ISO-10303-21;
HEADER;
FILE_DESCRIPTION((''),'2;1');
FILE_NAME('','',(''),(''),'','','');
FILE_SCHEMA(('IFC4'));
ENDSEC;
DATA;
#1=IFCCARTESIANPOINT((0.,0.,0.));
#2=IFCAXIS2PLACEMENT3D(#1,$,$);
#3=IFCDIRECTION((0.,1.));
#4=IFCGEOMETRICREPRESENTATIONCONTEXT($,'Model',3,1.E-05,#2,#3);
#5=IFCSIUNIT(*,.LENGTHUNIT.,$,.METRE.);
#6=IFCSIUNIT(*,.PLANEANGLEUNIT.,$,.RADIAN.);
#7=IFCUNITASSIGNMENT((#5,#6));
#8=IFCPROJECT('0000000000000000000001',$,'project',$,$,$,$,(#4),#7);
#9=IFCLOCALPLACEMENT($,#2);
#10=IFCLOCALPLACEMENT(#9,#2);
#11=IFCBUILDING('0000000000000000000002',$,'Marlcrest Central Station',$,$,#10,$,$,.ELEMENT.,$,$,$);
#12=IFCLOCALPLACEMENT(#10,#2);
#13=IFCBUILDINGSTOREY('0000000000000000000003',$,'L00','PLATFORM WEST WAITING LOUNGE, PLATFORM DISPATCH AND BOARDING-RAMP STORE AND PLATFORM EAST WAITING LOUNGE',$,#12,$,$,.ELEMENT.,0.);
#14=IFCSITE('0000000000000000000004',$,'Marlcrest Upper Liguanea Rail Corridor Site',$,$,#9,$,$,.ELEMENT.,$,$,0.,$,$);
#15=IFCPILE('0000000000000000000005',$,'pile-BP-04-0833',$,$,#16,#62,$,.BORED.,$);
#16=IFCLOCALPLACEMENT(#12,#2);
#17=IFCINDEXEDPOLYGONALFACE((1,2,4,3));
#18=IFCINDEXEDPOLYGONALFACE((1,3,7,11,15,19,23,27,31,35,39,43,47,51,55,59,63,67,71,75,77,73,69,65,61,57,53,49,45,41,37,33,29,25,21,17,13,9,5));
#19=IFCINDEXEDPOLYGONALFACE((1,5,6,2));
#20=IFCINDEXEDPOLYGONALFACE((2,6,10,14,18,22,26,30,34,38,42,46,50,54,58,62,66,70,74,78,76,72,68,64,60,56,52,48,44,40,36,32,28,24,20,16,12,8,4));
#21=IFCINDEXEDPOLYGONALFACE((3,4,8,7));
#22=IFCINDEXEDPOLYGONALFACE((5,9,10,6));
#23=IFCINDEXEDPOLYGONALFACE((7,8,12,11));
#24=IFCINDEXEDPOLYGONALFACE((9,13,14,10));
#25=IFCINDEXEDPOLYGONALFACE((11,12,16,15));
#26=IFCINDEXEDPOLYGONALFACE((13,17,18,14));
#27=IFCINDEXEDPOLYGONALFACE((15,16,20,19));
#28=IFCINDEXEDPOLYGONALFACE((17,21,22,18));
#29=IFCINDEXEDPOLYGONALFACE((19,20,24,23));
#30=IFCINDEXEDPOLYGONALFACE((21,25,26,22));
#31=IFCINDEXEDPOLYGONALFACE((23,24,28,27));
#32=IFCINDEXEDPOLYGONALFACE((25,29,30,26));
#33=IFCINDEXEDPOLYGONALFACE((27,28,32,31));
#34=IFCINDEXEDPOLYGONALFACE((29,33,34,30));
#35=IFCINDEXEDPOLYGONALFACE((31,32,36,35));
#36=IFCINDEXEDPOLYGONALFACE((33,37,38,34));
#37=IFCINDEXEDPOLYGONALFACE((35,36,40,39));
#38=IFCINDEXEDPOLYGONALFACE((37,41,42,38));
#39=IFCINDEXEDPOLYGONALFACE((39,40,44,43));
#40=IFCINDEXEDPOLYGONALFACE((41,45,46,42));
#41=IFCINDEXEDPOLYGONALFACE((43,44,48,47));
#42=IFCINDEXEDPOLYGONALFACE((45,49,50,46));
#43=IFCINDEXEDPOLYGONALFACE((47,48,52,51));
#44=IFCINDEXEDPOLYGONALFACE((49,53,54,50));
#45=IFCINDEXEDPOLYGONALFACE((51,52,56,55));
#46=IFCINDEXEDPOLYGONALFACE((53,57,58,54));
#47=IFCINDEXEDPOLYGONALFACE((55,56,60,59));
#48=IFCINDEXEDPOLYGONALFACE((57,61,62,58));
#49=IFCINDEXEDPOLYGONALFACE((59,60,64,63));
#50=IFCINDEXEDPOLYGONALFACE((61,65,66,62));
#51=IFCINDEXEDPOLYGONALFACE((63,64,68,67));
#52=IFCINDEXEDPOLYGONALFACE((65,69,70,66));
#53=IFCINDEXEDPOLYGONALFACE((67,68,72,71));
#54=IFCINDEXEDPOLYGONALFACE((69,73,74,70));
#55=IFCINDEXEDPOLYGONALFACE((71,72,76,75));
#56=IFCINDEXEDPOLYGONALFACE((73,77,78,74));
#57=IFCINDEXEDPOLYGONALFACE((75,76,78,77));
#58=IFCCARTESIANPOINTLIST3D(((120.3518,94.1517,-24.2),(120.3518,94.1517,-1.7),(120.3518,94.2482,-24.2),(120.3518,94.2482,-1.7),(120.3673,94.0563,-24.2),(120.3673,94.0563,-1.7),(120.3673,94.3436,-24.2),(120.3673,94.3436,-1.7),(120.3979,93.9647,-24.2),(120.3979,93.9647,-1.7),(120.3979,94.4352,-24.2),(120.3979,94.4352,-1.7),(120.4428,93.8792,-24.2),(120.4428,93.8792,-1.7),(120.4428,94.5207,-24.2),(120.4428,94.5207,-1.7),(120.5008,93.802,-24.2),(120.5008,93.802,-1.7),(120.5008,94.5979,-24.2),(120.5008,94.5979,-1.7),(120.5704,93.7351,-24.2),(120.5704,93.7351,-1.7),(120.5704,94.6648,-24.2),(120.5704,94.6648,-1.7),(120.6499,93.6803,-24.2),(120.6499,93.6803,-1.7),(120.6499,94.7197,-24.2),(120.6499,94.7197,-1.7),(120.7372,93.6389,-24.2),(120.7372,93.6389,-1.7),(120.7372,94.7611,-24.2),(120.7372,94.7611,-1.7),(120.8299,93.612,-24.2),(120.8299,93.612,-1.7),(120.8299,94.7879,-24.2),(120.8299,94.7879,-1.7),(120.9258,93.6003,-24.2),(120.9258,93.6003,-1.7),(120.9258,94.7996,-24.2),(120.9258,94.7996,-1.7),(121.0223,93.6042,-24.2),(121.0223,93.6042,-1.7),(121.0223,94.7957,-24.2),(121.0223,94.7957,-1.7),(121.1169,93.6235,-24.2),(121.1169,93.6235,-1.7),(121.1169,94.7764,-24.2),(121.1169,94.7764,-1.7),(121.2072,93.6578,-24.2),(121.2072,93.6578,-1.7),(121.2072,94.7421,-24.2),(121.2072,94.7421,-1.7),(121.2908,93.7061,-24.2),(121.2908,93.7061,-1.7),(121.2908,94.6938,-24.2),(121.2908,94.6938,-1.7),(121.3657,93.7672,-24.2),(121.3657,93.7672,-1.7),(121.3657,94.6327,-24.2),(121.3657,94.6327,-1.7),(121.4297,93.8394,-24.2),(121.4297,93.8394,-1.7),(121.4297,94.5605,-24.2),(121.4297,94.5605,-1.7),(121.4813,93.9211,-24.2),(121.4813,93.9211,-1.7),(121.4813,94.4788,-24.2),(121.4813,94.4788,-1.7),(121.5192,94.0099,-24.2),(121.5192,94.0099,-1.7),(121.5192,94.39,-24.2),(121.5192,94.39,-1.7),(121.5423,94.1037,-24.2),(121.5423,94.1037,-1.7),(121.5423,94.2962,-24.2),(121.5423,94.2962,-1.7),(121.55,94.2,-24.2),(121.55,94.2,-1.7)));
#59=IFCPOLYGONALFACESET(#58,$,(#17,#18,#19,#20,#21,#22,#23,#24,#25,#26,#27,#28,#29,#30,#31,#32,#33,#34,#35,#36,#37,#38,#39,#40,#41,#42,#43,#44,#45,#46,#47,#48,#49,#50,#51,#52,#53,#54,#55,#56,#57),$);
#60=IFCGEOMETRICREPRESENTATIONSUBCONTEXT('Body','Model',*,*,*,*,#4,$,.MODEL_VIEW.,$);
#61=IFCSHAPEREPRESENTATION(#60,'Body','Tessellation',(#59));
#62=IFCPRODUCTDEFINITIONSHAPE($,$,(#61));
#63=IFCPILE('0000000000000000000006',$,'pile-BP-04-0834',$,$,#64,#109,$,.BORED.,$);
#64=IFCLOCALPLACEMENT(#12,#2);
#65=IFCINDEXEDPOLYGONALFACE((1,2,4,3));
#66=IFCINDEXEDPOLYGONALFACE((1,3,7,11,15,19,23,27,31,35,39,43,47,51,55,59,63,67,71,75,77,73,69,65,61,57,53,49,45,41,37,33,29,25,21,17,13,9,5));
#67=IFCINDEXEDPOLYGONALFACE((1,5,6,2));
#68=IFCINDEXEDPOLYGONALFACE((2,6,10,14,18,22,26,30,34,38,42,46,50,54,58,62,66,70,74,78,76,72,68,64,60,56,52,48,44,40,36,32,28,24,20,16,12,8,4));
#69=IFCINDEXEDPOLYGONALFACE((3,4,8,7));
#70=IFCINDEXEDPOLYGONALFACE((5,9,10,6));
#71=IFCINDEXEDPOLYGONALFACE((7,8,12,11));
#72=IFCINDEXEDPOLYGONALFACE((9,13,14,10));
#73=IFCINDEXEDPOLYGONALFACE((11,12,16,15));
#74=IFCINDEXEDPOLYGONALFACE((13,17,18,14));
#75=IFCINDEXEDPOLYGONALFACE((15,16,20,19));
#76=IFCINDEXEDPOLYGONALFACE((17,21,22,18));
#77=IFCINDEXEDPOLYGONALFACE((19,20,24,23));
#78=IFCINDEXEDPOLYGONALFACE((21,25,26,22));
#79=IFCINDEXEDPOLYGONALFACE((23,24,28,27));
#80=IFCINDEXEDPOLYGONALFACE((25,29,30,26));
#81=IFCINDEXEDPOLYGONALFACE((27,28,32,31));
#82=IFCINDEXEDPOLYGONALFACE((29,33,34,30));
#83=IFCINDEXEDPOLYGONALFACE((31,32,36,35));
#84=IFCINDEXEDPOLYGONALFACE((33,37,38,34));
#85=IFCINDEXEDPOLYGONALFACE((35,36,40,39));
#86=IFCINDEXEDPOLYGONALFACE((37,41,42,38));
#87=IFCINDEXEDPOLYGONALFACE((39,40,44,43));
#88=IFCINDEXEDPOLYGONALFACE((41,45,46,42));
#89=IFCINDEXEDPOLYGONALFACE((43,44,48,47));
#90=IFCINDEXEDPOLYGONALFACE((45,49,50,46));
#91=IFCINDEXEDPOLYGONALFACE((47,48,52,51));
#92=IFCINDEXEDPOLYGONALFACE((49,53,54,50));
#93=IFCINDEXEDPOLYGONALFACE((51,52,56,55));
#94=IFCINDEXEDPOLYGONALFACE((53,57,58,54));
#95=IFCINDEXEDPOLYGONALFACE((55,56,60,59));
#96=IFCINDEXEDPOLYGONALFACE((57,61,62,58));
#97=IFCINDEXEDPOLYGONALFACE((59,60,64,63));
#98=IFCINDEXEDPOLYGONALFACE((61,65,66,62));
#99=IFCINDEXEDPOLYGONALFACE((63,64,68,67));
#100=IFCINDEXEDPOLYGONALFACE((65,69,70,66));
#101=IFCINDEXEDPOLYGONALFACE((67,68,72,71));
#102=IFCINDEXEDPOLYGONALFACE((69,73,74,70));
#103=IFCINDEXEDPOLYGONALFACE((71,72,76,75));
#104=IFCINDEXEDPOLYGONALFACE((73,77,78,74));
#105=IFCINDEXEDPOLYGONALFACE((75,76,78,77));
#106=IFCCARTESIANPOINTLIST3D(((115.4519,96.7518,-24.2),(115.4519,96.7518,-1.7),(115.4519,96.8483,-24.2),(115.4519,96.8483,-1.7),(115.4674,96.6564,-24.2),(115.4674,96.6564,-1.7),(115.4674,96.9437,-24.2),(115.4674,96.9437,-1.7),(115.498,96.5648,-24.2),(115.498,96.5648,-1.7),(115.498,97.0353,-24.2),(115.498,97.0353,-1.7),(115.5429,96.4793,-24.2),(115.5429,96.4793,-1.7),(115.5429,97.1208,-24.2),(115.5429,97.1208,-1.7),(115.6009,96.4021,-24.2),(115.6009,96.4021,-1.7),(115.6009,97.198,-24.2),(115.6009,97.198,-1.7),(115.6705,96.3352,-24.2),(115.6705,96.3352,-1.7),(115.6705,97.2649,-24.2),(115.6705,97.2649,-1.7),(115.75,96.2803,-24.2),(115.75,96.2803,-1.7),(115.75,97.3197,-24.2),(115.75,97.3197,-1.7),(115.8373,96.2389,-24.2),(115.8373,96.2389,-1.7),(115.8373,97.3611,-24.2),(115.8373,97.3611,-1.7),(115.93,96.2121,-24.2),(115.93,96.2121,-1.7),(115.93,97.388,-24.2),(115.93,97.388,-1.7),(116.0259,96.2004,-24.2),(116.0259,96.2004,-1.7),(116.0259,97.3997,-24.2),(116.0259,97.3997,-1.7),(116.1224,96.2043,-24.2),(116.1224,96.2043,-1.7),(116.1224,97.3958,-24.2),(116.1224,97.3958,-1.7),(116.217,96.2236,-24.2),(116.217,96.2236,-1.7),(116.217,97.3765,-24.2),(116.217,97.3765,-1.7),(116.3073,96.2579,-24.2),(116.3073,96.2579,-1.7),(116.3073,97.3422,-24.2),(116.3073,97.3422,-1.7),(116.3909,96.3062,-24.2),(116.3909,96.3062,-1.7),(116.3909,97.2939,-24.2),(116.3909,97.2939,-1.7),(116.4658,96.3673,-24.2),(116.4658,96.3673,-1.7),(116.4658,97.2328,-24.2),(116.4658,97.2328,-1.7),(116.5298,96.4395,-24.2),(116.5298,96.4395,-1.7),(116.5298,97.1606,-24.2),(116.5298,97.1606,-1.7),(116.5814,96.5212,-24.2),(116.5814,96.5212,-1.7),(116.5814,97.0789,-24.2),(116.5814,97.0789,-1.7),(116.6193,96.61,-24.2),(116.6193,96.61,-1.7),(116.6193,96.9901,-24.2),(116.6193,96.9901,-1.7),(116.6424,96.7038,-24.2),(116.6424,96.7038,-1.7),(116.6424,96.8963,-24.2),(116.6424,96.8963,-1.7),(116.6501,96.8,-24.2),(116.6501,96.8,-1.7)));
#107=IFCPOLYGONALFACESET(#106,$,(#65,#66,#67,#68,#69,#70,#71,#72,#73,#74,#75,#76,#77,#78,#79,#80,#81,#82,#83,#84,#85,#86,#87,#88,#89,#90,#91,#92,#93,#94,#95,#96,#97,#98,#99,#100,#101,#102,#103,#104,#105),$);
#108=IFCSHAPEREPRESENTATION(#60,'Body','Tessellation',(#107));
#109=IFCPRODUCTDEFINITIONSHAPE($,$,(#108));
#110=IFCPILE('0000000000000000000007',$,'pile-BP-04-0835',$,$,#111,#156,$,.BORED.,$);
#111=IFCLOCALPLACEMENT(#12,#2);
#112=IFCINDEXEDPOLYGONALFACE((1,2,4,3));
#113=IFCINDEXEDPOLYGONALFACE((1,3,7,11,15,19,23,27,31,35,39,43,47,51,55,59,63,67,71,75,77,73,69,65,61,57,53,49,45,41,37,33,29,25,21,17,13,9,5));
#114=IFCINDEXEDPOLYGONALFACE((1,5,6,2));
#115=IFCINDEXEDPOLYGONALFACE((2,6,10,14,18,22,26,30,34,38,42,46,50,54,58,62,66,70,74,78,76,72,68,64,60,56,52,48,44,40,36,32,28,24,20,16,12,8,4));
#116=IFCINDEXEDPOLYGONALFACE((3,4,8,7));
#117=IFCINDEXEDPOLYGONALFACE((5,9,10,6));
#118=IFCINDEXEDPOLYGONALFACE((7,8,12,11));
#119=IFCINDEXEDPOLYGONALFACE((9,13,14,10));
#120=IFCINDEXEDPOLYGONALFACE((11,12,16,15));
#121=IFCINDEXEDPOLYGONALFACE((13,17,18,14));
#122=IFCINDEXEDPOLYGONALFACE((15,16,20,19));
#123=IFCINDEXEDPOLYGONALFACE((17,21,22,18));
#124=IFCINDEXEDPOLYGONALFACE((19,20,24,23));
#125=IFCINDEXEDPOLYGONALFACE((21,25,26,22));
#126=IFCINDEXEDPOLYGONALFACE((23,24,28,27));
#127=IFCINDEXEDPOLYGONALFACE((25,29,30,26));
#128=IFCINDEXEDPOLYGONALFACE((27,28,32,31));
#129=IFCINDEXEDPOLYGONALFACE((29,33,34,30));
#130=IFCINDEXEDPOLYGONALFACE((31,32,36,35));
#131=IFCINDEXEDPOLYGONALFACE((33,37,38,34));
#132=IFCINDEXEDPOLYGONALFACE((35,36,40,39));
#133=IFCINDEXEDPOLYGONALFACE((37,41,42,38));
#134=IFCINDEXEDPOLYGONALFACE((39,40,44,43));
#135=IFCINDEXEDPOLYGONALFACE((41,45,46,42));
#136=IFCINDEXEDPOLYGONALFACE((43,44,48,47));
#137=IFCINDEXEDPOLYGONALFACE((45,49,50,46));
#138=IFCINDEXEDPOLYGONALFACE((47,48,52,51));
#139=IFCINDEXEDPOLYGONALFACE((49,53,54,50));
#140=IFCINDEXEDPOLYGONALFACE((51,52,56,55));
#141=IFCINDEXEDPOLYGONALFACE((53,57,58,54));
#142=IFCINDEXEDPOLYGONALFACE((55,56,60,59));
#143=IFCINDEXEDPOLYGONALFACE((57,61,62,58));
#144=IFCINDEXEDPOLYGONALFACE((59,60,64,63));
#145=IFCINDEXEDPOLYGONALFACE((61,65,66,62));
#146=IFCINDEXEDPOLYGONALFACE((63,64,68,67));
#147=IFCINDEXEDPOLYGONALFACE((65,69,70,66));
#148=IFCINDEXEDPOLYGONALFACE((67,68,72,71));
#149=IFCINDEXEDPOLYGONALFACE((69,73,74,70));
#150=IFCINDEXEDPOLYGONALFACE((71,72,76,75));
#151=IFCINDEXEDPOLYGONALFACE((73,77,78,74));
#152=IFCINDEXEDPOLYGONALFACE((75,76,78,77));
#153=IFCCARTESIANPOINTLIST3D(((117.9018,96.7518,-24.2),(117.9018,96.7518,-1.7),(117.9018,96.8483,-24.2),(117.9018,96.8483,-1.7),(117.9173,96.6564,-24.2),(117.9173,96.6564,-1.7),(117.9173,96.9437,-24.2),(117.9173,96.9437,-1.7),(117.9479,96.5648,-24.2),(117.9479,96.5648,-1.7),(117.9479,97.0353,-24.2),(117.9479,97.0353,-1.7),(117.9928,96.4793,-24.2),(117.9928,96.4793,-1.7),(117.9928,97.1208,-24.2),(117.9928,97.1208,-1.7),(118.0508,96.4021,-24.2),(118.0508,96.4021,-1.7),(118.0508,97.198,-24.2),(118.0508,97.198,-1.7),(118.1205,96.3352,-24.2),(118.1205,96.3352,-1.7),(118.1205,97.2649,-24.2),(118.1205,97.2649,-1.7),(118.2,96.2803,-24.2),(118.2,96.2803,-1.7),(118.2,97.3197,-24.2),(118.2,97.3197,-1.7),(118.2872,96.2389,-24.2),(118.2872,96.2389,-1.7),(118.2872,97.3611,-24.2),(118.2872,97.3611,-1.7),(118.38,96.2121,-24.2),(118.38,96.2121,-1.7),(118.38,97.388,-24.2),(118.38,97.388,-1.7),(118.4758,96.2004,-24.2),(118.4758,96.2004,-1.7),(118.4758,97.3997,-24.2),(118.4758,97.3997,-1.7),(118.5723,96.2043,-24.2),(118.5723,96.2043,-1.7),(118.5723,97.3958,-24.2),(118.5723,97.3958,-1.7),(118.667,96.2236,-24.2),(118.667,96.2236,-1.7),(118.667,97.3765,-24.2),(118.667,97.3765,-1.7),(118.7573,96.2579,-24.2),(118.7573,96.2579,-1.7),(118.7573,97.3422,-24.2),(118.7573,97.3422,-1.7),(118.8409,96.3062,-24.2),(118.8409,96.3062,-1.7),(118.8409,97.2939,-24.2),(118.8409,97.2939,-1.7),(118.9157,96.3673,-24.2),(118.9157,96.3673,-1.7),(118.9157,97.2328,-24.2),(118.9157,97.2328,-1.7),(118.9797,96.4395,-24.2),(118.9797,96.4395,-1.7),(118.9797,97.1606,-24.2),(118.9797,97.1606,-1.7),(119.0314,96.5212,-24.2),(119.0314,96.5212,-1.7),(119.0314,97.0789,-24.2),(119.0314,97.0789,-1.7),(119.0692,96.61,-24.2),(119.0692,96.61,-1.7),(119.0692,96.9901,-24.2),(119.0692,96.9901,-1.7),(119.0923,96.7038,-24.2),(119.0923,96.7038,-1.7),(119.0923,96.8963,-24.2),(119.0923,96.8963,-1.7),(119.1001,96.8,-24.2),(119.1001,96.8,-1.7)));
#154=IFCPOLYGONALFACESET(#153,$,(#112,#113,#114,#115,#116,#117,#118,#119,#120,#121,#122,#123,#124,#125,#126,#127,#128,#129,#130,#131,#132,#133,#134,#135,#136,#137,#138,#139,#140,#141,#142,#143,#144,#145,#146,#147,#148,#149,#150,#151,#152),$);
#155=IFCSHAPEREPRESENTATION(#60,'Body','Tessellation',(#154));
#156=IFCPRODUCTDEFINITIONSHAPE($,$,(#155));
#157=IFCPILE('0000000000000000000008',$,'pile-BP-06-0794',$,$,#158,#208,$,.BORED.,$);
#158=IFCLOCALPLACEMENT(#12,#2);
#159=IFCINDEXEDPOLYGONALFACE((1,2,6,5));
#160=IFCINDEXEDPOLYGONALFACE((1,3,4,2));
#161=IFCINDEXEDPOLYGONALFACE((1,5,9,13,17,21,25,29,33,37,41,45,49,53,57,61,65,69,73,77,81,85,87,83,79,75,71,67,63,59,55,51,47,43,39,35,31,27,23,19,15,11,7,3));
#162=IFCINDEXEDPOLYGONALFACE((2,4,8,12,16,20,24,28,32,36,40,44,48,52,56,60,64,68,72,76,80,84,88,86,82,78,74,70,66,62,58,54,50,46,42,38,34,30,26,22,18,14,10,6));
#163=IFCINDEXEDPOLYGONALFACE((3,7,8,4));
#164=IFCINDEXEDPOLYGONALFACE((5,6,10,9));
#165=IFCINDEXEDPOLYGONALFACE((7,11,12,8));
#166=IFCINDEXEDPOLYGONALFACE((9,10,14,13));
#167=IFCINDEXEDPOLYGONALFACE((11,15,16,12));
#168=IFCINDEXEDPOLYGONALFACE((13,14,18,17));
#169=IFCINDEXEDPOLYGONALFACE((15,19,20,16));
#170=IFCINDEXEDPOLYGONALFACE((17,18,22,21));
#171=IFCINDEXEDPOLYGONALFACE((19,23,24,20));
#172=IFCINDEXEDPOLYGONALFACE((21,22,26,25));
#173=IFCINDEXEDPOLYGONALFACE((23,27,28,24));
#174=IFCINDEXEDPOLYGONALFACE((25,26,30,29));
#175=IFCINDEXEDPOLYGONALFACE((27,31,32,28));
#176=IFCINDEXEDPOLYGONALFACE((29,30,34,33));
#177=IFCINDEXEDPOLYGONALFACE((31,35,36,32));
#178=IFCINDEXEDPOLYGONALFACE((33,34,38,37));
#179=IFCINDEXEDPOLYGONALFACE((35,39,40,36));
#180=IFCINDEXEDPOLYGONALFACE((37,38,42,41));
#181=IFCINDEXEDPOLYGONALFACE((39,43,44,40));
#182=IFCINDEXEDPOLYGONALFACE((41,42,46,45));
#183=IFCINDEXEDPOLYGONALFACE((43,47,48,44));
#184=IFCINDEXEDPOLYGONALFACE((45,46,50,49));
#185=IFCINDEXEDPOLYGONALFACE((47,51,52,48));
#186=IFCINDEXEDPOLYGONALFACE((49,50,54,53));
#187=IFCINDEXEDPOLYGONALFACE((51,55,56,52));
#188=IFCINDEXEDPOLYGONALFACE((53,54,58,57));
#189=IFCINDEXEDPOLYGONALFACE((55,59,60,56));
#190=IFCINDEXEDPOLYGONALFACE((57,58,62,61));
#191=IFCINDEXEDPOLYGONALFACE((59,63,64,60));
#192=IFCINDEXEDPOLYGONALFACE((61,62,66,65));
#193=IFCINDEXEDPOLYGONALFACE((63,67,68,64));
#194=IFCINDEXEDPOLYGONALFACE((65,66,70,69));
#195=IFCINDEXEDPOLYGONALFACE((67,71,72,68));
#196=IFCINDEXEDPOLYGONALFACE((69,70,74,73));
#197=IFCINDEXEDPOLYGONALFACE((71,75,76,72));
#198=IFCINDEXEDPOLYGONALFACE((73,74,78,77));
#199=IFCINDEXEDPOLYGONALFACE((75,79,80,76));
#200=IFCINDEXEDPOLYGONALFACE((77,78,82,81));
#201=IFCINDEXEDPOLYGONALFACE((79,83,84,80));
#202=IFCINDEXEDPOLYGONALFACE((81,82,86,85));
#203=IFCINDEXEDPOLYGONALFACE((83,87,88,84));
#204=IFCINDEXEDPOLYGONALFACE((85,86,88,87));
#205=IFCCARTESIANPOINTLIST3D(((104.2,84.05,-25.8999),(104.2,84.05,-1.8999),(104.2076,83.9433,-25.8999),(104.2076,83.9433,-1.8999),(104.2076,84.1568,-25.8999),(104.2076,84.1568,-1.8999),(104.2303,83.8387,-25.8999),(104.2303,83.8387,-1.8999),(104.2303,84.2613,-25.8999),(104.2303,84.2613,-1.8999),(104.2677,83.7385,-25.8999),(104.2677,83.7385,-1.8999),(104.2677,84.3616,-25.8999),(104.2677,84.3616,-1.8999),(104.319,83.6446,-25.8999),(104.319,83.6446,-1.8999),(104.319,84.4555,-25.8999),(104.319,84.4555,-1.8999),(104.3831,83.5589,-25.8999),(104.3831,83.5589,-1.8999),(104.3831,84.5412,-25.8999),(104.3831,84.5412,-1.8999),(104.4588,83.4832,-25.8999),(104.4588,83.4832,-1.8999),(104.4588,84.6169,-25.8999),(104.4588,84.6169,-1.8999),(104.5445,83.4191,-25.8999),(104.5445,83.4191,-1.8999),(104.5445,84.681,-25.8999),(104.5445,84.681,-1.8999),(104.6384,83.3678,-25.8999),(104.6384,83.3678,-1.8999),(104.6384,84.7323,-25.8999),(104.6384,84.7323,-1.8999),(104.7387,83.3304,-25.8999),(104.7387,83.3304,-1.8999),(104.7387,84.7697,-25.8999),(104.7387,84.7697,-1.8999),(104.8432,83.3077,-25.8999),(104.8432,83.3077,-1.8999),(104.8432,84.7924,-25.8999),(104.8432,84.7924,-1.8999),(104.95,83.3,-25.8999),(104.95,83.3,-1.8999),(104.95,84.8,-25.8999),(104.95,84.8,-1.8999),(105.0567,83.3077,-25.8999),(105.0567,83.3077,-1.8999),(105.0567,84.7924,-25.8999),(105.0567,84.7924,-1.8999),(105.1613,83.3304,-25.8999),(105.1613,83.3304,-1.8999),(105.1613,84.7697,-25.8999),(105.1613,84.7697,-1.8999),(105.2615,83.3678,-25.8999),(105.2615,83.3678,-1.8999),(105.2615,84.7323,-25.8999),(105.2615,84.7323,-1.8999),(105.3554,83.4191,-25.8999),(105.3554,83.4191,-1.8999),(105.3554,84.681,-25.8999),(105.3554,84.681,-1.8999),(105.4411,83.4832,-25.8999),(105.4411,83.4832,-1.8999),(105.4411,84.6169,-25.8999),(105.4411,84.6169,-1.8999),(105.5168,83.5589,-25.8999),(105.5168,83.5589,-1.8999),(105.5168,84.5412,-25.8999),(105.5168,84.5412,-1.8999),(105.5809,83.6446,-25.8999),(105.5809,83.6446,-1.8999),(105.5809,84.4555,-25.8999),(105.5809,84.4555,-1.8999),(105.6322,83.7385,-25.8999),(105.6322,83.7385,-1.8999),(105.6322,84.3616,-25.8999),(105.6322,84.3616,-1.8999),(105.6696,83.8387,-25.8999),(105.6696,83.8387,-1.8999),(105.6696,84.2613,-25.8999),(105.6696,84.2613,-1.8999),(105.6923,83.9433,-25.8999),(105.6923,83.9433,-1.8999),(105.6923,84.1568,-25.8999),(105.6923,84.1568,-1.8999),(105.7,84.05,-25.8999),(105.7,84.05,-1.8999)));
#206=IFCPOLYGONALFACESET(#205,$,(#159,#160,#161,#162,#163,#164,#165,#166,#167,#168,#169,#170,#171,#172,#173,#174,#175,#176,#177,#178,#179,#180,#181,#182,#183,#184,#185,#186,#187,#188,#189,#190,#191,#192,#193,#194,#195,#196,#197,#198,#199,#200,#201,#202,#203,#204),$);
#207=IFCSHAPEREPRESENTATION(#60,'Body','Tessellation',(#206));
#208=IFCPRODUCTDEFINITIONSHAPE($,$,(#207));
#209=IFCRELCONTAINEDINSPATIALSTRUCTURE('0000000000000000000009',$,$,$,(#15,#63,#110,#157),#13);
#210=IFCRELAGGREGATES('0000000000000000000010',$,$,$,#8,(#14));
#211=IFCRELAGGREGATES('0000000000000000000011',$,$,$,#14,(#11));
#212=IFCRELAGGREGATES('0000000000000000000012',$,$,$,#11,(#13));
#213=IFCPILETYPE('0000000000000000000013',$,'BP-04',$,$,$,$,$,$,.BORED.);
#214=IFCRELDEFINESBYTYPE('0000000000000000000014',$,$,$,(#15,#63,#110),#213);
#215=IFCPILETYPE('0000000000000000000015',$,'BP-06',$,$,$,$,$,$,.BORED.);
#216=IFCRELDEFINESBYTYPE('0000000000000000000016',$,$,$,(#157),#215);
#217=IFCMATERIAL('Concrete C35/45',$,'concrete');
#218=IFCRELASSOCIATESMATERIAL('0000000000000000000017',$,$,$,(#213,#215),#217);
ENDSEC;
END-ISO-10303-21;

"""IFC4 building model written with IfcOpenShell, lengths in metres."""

from ifc_helpers import new_model, si_unit, direction, frame, origin, origin_2d, place, context, subcontext, project, spatial, circle, extrude, material, material_profile, profile_set, type_object, element, save


model = new_model("IFC4")

# Units and contexts
model_context = context("Model", 3, precision=1e-05, world=origin(), true_north=direction((0.0, 1.0)))
body_context = subcontext(model_context, "Body", "Model", "MODEL_VIEW")
ifc_project = project(units=[si_unit("LENGTHUNIT", "METRE"), si_unit("PLANEANGLEUNIT", "RADIAN")], contexts=[model_context])

# Site, building, storey
site_placement = place(None, origin())
site = spatial("IfcSite", under=ifc_project, at=site_placement, Name="Marlcrest Upper Liguanea Rail Corridor Site", CompositionType="ELEMENT", RefElevation=0.0)
building_placement = place(site_placement, origin())
building = spatial("IfcBuilding", under=site, at=building_placement, Name="Marlcrest Central Station", CompositionType="ELEMENT")
storey_placement = place(building_placement, origin())
storey = spatial("IfcBuildingStorey", under=building, at=storey_placement, Name="L00", Description="PLATFORM WEST WAITING LOUNGE, PLATFORM DISPATCH AND BOARDING-RAMP STORE AND PLATFORM EAST WAITING LOUNGE", CompositionType="ELEMENT", Elevation=0.0)

# Piles
ifc_material_1 = material(Name="Concrete C35/45", Category="concrete")
ifc_material_profile_1 = material_profile(ifc_material_1, circle(Radius=0.6001, at=origin_2d()), Name="PILE D1200")
ifc_profile_set_1 = profile_set([ifc_material_profile_1], Name="Concrete C35/45")
pile_type_1 = type_object("IfcPileType", Name="BP-04", PredefinedType="BORED", material=ifc_profile_set_1)
for number, where, z_axis, x_axis, name in (
    (1, (120.95, 94.2, -1.7), (0.0, 0.0, -1.0), (1.0, 0.0, 0.0), "pile-BP-04-0833"),
    (2, (116.05, 96.8, -1.7), (0.0, 0.0, -1.0), (1.0, 0.0, 0.0), "pile-BP-04-0834"),
    (3, (118.5, 96.8, -1.7), (0.0, 0.0, -1.0), (1.0, 0.0, 0.0), "pile-BP-04-0835"),
):
    element("IfcPile", number, at=place(storey_placement, frame(where, z_axis=z_axis, x_axis=x_axis)), inside=storey, type_object=pile_type_1, Name=name, PredefinedType="BORED", context=body_context, shape_type="SweptSolid", body=[
        extrude(circle(Radius=0.6001, at=origin_2d()), origin(), (0.0, 0.0, 1.0), 22.5),
    ])
ifc_material_profile_2 = material_profile(ifc_material_1, circle(Radius=0.75, at=origin_2d()), Name="PILE D1500")
ifc_profile_set_2 = profile_set([ifc_material_profile_2], Name="Concrete C35/45")
pile_type_2 = type_object("IfcPileType", Name="BP-06", PredefinedType="BORED", material=ifc_profile_set_2)
for number, where, z_axis, x_axis, name in (
    (4, (104.95, 84.05, -1.8999), (0.0, 0.0, -1.0), (1.0, 0.0, 0.0), "pile-BP-06-0794"),
):
    element("IfcPile", number, at=place(storey_placement, frame(where, z_axis=z_axis, x_axis=x_axis)), inside=storey, type_object=pile_type_2, Name=name, PredefinedType="BORED", context=body_context, shape_type="SweptSolid", body=[
        extrude(circle(Radius=0.75, at=origin_2d()), origin(), (0.0, 0.0, 1.0), 24.0),
    ])

save(model, "model.ifc")
